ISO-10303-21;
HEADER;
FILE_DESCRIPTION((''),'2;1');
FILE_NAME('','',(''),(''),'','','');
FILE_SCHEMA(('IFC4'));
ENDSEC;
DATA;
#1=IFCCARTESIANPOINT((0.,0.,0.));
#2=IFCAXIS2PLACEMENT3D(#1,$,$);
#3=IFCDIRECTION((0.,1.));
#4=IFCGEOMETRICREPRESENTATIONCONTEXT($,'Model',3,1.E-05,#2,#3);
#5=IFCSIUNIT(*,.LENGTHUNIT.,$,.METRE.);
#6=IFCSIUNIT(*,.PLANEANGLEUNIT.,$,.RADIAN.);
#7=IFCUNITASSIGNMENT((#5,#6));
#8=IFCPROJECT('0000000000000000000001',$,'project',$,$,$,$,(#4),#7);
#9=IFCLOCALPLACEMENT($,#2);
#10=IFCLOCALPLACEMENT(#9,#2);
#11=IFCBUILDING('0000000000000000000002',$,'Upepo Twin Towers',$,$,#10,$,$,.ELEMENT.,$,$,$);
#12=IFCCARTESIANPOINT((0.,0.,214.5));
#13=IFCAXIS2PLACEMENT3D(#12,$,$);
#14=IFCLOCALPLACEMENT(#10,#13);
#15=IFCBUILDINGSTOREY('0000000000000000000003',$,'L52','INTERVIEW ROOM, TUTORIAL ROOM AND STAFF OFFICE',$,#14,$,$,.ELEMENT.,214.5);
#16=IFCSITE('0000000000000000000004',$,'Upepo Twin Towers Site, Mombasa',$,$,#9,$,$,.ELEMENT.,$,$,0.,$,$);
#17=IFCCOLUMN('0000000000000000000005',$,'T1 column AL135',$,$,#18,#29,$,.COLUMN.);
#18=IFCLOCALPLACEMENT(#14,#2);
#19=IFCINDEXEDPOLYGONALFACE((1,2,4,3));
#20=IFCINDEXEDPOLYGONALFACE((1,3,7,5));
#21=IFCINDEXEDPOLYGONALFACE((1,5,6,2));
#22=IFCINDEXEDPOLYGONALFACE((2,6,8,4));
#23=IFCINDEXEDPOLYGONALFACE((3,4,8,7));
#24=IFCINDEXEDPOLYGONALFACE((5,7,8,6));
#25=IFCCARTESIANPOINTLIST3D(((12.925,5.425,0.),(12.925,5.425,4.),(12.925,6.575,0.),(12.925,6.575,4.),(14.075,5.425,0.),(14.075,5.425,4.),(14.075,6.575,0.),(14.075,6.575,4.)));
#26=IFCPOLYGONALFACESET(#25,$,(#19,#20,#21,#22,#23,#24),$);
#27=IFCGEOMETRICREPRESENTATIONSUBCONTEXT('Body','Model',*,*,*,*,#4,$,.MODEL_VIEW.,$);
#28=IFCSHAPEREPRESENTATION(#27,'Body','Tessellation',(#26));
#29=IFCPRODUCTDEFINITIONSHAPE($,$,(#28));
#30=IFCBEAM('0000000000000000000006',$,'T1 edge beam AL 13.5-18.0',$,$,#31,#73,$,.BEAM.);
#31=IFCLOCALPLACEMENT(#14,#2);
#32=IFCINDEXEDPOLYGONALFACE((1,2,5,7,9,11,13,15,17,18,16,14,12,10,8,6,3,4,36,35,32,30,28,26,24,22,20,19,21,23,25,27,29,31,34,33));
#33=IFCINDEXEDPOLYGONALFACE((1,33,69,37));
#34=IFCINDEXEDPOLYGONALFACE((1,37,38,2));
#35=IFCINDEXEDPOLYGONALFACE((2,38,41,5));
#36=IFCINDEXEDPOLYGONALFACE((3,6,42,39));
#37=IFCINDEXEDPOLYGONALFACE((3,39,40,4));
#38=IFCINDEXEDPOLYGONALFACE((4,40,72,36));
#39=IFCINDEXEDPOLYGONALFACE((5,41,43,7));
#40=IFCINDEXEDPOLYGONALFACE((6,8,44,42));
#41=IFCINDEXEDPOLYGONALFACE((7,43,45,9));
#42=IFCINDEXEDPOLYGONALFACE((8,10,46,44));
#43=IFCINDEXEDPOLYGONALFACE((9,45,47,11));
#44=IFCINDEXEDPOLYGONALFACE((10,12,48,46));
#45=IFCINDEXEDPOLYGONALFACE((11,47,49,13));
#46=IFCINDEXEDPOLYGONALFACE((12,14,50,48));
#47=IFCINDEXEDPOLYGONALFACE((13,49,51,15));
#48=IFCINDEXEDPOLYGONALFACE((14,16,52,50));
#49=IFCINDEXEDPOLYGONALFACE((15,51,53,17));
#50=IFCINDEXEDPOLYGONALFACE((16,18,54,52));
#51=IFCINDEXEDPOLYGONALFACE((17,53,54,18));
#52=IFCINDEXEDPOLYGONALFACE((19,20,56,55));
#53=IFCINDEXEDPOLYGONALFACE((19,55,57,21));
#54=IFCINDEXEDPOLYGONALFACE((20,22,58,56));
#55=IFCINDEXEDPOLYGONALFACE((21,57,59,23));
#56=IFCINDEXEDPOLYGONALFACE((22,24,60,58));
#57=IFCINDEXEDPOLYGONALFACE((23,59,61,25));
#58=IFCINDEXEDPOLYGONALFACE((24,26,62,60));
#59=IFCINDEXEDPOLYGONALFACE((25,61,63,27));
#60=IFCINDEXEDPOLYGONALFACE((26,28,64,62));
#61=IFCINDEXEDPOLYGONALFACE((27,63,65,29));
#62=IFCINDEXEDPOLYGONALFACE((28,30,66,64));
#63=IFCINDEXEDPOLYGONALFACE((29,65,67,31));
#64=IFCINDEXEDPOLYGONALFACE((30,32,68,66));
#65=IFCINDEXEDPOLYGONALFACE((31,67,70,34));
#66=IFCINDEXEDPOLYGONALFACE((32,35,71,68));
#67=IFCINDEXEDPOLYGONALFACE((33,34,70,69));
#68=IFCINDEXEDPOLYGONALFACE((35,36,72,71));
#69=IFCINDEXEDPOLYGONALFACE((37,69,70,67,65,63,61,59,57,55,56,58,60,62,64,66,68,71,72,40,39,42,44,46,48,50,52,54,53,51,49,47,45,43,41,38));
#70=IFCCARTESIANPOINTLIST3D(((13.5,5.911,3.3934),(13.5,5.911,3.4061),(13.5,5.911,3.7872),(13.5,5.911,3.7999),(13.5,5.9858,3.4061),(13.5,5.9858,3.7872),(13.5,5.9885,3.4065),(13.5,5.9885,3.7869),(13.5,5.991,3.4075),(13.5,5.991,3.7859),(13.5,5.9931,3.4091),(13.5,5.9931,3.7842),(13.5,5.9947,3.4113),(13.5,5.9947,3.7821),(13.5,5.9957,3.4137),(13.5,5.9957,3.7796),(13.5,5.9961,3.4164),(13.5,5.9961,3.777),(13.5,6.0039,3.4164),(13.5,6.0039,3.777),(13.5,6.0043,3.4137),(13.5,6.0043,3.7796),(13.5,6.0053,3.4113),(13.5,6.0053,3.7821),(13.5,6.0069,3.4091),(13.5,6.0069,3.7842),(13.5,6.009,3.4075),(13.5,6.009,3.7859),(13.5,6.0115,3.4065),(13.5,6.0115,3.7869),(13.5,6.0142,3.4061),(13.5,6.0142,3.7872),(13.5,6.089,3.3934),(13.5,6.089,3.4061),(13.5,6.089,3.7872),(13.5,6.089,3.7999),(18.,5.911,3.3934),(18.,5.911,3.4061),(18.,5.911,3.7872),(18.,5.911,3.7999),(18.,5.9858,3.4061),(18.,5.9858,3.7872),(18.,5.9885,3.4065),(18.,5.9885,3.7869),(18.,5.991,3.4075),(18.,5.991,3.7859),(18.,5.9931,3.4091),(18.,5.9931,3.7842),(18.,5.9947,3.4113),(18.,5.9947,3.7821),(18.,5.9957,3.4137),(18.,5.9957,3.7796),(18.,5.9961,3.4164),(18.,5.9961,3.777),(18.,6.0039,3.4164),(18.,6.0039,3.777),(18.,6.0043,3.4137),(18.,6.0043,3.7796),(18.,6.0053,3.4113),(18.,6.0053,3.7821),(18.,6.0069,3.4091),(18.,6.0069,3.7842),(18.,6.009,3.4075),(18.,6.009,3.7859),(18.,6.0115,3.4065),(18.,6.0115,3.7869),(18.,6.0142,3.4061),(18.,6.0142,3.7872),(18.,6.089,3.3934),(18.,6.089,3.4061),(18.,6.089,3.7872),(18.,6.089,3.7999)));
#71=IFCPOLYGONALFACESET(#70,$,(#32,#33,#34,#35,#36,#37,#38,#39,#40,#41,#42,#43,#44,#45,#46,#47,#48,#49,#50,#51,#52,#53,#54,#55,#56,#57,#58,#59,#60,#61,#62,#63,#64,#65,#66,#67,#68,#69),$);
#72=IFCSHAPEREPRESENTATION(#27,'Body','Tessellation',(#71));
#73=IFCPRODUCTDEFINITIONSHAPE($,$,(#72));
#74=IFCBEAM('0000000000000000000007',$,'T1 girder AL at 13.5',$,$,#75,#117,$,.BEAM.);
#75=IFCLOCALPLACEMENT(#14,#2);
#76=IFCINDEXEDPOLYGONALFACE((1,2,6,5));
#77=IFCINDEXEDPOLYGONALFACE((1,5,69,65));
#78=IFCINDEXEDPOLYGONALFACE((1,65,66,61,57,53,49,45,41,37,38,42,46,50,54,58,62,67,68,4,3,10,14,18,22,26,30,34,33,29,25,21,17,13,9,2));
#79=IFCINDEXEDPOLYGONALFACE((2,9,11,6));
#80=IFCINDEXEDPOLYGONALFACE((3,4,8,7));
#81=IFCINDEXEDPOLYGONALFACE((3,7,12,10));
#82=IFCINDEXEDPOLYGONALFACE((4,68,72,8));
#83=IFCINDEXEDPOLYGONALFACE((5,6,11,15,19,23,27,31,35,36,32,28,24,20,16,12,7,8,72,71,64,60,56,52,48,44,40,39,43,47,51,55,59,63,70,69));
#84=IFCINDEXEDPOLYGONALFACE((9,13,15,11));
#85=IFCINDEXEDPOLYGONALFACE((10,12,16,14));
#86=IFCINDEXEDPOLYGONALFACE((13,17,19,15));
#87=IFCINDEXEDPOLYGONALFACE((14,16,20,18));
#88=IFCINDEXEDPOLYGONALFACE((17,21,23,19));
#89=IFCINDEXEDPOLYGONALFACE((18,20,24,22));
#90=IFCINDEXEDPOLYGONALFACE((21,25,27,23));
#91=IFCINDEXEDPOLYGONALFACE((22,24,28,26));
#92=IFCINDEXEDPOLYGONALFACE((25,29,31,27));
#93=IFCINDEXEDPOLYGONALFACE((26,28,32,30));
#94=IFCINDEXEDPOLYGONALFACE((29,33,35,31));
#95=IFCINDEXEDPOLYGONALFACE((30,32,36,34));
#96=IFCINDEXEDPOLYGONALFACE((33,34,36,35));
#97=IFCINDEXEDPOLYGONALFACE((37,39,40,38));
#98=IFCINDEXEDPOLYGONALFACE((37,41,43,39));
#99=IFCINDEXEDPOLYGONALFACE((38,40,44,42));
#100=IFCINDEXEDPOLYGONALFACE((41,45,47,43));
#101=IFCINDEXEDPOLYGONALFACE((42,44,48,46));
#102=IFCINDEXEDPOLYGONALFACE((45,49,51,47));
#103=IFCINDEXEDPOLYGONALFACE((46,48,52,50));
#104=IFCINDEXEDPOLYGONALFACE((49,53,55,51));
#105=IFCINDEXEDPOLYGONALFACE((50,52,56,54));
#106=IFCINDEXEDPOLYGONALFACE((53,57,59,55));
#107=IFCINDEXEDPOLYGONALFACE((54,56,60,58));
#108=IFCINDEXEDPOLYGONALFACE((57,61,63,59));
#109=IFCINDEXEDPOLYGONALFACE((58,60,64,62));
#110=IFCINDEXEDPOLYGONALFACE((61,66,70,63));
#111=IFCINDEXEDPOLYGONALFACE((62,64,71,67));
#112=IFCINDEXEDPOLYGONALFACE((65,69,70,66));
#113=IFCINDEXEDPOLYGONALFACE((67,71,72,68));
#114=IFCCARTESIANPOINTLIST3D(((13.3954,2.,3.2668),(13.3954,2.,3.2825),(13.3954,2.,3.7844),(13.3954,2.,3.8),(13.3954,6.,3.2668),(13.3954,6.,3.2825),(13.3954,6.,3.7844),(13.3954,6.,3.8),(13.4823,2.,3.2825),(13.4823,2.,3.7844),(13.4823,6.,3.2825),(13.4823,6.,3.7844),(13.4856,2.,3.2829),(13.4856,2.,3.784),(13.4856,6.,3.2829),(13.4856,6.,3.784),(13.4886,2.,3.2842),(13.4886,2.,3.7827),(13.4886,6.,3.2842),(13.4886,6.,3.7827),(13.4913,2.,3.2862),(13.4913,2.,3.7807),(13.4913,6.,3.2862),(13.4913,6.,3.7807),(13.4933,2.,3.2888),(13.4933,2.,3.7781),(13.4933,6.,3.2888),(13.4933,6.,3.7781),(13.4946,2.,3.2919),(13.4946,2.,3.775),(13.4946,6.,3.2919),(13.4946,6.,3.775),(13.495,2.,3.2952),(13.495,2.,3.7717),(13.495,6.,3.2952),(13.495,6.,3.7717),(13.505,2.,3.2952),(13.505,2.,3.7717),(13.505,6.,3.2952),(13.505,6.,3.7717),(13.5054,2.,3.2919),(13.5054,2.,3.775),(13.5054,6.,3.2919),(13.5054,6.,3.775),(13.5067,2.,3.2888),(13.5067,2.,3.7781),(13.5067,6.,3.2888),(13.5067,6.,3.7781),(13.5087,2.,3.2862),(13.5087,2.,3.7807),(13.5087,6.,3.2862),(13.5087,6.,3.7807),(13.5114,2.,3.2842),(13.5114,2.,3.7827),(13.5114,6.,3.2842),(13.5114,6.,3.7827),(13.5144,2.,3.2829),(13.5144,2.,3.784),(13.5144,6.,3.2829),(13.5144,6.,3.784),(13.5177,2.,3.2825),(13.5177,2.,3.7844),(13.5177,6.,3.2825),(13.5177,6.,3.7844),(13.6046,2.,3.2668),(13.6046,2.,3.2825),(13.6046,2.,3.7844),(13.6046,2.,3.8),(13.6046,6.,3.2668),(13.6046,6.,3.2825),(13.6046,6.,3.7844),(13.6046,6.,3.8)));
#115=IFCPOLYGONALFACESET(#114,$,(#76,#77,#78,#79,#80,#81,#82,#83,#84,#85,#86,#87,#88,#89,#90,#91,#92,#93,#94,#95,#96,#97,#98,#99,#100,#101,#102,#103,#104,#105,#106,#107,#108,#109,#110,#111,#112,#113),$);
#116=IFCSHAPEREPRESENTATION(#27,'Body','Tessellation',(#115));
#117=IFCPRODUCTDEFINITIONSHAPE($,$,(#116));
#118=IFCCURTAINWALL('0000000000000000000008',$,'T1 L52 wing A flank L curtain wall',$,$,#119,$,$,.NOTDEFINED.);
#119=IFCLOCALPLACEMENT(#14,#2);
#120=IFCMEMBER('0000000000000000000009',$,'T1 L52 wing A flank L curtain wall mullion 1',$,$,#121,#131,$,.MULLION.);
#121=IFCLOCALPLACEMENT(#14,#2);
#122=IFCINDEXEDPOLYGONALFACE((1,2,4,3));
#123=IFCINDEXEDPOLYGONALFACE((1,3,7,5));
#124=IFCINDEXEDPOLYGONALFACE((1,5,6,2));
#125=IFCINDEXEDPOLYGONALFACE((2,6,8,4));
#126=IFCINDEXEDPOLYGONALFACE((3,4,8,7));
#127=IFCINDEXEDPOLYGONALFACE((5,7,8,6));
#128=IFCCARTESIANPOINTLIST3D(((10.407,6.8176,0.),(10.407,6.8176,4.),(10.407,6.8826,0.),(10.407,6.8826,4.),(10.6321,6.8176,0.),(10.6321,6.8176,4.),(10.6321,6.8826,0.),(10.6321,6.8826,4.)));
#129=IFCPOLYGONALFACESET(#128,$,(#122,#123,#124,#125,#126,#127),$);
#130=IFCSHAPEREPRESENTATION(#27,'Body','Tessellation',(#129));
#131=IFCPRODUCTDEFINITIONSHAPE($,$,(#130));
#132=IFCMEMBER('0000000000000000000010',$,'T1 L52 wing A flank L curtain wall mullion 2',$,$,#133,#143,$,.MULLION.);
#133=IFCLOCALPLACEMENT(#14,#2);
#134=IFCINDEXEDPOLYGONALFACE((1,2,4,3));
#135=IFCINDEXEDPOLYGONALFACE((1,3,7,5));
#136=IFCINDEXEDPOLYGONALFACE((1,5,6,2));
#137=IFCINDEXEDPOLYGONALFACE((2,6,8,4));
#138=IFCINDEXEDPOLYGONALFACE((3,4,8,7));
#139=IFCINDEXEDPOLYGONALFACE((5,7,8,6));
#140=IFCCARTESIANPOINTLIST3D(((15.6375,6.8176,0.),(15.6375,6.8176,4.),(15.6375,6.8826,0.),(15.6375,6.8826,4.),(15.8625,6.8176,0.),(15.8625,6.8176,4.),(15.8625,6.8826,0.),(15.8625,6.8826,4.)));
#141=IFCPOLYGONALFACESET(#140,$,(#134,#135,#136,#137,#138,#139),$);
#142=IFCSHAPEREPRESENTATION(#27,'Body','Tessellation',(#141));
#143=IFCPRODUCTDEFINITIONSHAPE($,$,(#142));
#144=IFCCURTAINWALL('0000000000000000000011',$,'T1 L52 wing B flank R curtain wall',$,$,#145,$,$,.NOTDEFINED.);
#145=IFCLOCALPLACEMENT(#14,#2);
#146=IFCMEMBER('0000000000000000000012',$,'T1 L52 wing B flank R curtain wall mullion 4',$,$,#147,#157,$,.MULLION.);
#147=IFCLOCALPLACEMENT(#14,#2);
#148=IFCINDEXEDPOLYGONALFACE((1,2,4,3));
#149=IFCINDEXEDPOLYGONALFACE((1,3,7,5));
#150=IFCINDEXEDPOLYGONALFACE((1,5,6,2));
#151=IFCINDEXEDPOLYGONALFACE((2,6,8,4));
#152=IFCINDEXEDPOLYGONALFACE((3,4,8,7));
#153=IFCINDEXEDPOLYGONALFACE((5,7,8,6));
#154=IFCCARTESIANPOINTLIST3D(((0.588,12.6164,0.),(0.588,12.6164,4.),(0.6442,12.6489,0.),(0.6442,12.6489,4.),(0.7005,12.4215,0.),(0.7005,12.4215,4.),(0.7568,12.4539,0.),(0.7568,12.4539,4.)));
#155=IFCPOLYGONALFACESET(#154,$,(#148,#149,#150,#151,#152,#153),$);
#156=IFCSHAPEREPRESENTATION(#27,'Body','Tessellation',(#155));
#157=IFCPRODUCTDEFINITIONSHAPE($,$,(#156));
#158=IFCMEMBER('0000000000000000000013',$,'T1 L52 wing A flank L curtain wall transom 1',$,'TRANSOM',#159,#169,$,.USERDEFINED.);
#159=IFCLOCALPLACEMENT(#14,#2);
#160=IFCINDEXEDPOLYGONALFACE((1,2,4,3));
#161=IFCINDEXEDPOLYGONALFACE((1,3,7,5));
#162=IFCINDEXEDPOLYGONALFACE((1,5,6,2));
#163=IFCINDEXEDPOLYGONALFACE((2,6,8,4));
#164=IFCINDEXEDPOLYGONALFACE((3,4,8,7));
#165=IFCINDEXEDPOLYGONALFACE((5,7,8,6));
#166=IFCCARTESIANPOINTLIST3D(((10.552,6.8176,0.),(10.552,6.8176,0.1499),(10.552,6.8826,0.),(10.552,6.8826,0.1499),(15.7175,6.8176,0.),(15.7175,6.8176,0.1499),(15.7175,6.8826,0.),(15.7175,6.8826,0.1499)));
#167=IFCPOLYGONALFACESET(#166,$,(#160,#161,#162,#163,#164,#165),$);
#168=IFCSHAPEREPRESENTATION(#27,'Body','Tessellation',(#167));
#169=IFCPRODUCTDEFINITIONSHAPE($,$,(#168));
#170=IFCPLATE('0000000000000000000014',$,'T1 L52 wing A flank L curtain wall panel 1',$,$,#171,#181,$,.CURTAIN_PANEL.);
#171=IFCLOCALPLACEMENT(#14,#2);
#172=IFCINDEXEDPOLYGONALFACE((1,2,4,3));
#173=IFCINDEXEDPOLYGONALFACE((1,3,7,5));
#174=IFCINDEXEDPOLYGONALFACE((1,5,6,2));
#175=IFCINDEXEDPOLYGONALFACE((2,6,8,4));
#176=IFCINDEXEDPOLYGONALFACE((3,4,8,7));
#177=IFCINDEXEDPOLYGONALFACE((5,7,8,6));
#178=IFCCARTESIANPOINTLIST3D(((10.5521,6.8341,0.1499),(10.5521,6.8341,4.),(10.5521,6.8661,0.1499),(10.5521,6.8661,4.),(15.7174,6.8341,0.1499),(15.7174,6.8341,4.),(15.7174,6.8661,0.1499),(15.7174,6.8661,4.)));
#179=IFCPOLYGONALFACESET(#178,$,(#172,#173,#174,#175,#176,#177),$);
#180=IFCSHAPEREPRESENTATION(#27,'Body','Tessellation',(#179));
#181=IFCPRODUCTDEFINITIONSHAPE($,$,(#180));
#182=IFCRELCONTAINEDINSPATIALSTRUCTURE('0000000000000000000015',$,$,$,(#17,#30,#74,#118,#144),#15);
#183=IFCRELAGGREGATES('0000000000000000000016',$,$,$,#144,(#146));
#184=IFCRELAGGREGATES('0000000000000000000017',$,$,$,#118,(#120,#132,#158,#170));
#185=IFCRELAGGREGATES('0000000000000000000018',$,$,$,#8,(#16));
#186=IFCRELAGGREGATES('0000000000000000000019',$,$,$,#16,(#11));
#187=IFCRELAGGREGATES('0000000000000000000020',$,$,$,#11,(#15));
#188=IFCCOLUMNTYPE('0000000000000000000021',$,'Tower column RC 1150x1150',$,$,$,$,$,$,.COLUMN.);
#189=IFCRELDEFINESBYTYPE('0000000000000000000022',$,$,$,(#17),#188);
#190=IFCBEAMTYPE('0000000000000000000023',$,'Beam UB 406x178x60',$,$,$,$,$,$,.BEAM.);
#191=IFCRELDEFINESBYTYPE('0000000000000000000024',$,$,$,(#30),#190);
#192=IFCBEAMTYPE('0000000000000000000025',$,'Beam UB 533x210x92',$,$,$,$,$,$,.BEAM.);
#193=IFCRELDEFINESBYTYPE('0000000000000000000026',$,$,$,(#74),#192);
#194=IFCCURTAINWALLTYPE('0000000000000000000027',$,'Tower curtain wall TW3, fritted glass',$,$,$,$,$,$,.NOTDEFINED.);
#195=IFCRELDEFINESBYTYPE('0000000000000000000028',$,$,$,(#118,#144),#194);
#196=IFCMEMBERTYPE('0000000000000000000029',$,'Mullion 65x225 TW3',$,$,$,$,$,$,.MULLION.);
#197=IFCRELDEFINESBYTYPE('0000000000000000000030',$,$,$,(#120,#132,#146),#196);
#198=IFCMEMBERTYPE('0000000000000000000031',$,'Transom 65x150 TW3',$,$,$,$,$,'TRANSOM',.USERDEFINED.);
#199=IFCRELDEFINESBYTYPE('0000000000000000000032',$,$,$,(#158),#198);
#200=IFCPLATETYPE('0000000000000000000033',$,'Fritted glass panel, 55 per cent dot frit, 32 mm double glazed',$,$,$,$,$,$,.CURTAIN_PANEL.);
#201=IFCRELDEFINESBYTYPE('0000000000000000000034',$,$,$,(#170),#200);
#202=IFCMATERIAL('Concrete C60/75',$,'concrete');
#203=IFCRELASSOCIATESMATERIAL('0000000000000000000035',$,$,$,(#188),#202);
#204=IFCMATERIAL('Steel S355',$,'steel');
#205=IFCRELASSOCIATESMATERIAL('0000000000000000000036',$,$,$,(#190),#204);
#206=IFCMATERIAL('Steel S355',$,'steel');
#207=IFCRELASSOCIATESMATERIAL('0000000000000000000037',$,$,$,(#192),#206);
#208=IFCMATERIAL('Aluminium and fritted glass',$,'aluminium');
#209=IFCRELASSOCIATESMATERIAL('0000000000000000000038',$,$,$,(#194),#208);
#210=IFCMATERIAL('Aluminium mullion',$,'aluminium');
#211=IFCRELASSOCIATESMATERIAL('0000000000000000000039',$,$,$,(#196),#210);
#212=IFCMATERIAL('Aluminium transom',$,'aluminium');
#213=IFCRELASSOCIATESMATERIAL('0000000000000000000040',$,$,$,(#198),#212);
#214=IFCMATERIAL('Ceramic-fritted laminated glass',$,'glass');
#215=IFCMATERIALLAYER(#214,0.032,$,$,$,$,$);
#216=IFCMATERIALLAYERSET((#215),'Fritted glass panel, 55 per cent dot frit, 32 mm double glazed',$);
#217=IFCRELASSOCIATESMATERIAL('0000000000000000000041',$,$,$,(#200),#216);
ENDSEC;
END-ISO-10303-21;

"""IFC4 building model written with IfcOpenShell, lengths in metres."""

from ifc_helpers import new_model, si_unit, direction, frame, origin, origin_2d, place, context, subcontext, project, spatial, rectangle, i_section, extrude, material, layer, layer_set, material_profile, profile_set, type_object, element, aggregate, save


model = new_model("IFC4")

# Units and contexts
model_context = context("Model", 3, precision=1e-05, world=origin(), true_north=direction((0.0, 1.0)))
body_context = subcontext(model_context, "Body", "Model", "MODEL_VIEW")
ifc_project = project(units=[si_unit("LENGTHUNIT", "METRE"), si_unit("PLANEANGLEUNIT", "RADIAN")], contexts=[model_context])

# Site, building, storey
site_placement = place(None, origin())
site = spatial("IfcSite", under=ifc_project, at=site_placement, Name="Upepo Twin Towers Site, Mombasa", CompositionType="ELEMENT", RefElevation=0.0)
building_placement = place(site_placement, origin())
building = spatial("IfcBuilding", under=site, at=building_placement, Name="Upepo Twin Towers", CompositionType="ELEMENT")
storey_placement = place(building_placement, frame((0.0, 0.0, 214.5)))
storey = spatial("IfcBuildingStorey", under=building, at=storey_placement, Name="L52", Description="INTERVIEW ROOM, TUTORIAL ROOM AND STAFF OFFICE", CompositionType="ELEMENT", Elevation=214.5)

# Column
ifc_material_1 = material(Name="Concrete C60/75", Category="concrete")
ifc_material_profile_1 = material_profile(ifc_material_1, rectangle(XDim=1.1499, YDim=1.1499, at=origin_2d()), Name="RC 1150x1150")
ifc_profile_set_1 = profile_set([ifc_material_profile_1], Name="Concrete C60/75")
column_type = type_object("IfcColumnType", Name="Tower column RC 1150x1150", PredefinedType="COLUMN", material=ifc_profile_set_1)
column_placement = place(storey_placement, frame((13.5, 6.0, 0.0), z_axis=(0.0, 0.0, 1.0), x_axis=(1.0, 0.0, 0.0)))
element("IfcColumn", 1, at=column_placement, inside=storey, type_object=column_type, Name="T1 column AL135", PredefinedType="COLUMN", context=body_context, shape_type="SweptSolid", body=[
    extrude(rectangle(XDim=1.1499, YDim=1.1499, at=origin_2d()), origin(), (0.0, 0.0, 1.0), 4.0),
])

# Beams
ifc_material_2 = material(Name="Steel S355", Category="steel")
ifc_material_profile_2 = material_profile(ifc_material_2, i_section(OverallWidth=0.178, OverallDepth=0.4065, WebThickness=0.0078, FlangeThickness=0.0127, FilletRadius=0.0103, at=origin_2d()), Name="UB 406x178x60")
ifc_profile_set_2 = profile_set([ifc_material_profile_2], Name="Steel S355")
beam_type_1 = type_object("IfcBeamType", Name="Beam UB 406x178x60", PredefinedType="BEAM", material=ifc_profile_set_2)
beam_1_placement = place(storey_placement, frame((13.5, 6.0, 3.5967), z_axis=(1.0, 0.0, 0.0), x_axis=(0.0, 1.0, 0.0)))
element("IfcBeam", 2, at=beam_1_placement, inside=storey, type_object=beam_type_1, Name="T1 edge beam AL 13.5-18.0", PredefinedType="BEAM", context=body_context, shape_type="SweptSolid", body=[
    extrude(i_section(OverallWidth=0.178, OverallDepth=0.4065, WebThickness=0.0078, FlangeThickness=0.0127, FilletRadius=0.0103, at=origin_2d()), origin(), (0.0, 0.0, 1.0), 4.5),
])
ifc_material_3 = material(Name="Steel S355", Category="steel")
ifc_material_profile_3 = material_profile(ifc_material_3, i_section(OverallWidth=0.2092, OverallDepth=0.5332, WebThickness=0.01, FlangeThickness=0.0156, FilletRadius=0.0127, at=origin_2d()), Name="UB 533x210x92")
ifc_profile_set_3 = profile_set([ifc_material_profile_3], Name="Steel S355")
beam_type_2 = type_object("IfcBeamType", Name="Beam UB 533x210x92", PredefinedType="BEAM", material=ifc_profile_set_3)
beam_2_placement = place(storey_placement, frame((13.5, 6.0, 3.5334), z_axis=(0.0, -1.0, 0.0), x_axis=(1.0, 0.0, 0.0)))
element("IfcBeam", 3, at=beam_2_placement, inside=storey, type_object=beam_type_2, Name="T1 girder AL at 13.5", PredefinedType="BEAM", context=body_context, shape_type="SweptSolid", body=[
    extrude(i_section(OverallWidth=0.2092, OverallDepth=0.5332, WebThickness=0.01, FlangeThickness=0.0156, FilletRadius=0.0127, at=origin_2d()), origin(), (0.0, 0.0, 1.0), 4.0),
])

# Curtain wall, members
ifc_material_4 = material(Name="Aluminium and fritted glass", Category="aluminium")
curtain_wall_type = type_object("IfcCurtainWallType", Name="Tower curtain wall TW3, fritted glass", PredefinedType="NOTDEFINED", material=ifc_material_4)
curtain_wall_1_placement = place(storey_placement, origin())
curtain_wall_1 = element("IfcCurtainWall", 4, at=curtain_wall_1_placement, inside=storey, type_object=curtain_wall_type, Name="T1 L52 wing A flank L curtain wall", PredefinedType="NOTDEFINED")
ifc_material_5 = material(Name="Aluminium mullion", Category="aluminium")
ifc_material_profile_4 = material_profile(ifc_material_5, rectangle(XDim=0.0649, YDim=0.2251, at=origin_2d()), Name="MULLION 65x225")
ifc_profile_set_4 = profile_set([ifc_material_profile_4], Name="Aluminium mullion")
member_type_1 = type_object("IfcMemberType", Name="Mullion 65x225 TW3", PredefinedType="MULLION", material=ifc_profile_set_4)
member_1_placement = place(storey_placement, frame((10.5195, 6.8501, 0.0), z_axis=(0.0, 0.0, 1.0), x_axis=(0.0, 1.0, 0.0)))
member_1 = element("IfcMember", 5, at=member_1_placement, type_object=member_type_1, Name="T1 L52 wing A flank L curtain wall mullion 1", PredefinedType="MULLION", context=body_context, shape_type="SweptSolid", body=[
    extrude(rectangle(XDim=0.0649, YDim=0.2251, at=origin_2d()), origin(), (0.0, 0.0, 1.0), 4.0),
])
member_2_placement = place(storey_placement, frame((15.75, 6.8501, 0.0), z_axis=(0.0, 0.0, 1.0), x_axis=(0.0, 1.0, 0.0)))
member_2 = element("IfcMember", 6, at=member_2_placement, type_object=member_type_1, Name="T1 L52 wing A flank L curtain wall mullion 2", PredefinedType="MULLION", context=body_context, shape_type="SweptSolid", body=[
    extrude(rectangle(XDim=0.0649, YDim=0.2251, at=origin_2d()), origin(), (0.0, 0.0, 1.0), 4.0),
])

# Curtain wall, member
curtain_wall_2_placement = place(storey_placement, origin())
curtain_wall_2 = element("IfcCurtainWall", 7, at=curtain_wall_2_placement, inside=storey, type_object=curtain_wall_type, Name="T1 L52 wing B flank R curtain wall", PredefinedType="NOTDEFINED")
member_3_placement = place(storey_placement, frame((0.6724, 12.5352, 0.0), z_axis=(0.0, 0.0, 1.0), x_axis=(0.866025, 0.5, 0.0)))
member_3 = element("IfcMember", 8, at=member_3_placement, type_object=member_type_1, Name="T1 L52 wing B flank R curtain wall mullion 4", PredefinedType="MULLION", context=body_context, shape_type="SweptSolid", body=[
    extrude(rectangle(XDim=0.0649, YDim=0.2251, at=origin_2d()), origin(), (0.0, 0.0, 1.0), 4.0),
])
aggregate(curtain_wall_2, [member_3])

# Member
ifc_material_6 = material(Name="Aluminium transom", Category="aluminium")
ifc_material_profile_5 = material_profile(ifc_material_6, rectangle(XDim=0.0649, YDim=0.1499, at=origin_2d()), Name="TRANSOM 65x150")
ifc_profile_set_5 = profile_set([ifc_material_profile_5], Name="Aluminium transom")
member_type_2 = type_object("IfcMemberType", Name="Transom 65x150 TW3", ElementType="TRANSOM", PredefinedType="USERDEFINED", material=ifc_profile_set_5)
member_4_placement = place(storey_placement, frame((10.552, 6.8501, 0.075), z_axis=(1.0, 0.0, 0.0), x_axis=(0.0, 1.0, 0.0)))
member_4 = element("IfcMember", 9, at=member_4_placement, type_object=member_type_2, Name="T1 L52 wing A flank L curtain wall transom 1", ObjectType="TRANSOM", PredefinedType="USERDEFINED", context=body_context, shape_type="SweptSolid", body=[
    extrude(rectangle(XDim=0.0649, YDim=0.1499, at=origin_2d()), origin(), (0.0, 0.0, 1.0), 5.1655),
])

# Plate
ifc_material_7 = material(Name="Ceramic-fritted laminated glass", Category="glass")
ifc_layer_1 = layer(ifc_material_7, 0.032)
ifc_layer_set_1 = layer_set([ifc_layer_1], Name="Fritted glass panel, 55 per cent dot frit, 32 mm double glazed")
plate_type = type_object("IfcPlateType", Name="Fritted glass panel, 55 per cent dot frit, 32 mm double glazed", PredefinedType="CURTAIN_PANEL", material=ifc_layer_set_1)
plate_placement = place(storey_placement, frame((13.1348, 6.8501, 0.1499), z_axis=(0.0, 0.0, 1.0), x_axis=(1.0, 0.0, 0.0)))
plate = element("IfcPlate", 10, at=plate_placement, type_object=plate_type, Name="T1 L52 wing A flank L curtain wall panel 1", PredefinedType="CURTAIN_PANEL", context=body_context, shape_type="SweptSolid", body=[
    extrude(rectangle(XDim=5.1653, YDim=0.032, at=origin_2d()), origin(), (0.0, 0.0, 1.0), 3.8501),
])
aggregate(curtain_wall_1, [member_1, member_2, member_4, plate])

save(model, "model.ifc")
